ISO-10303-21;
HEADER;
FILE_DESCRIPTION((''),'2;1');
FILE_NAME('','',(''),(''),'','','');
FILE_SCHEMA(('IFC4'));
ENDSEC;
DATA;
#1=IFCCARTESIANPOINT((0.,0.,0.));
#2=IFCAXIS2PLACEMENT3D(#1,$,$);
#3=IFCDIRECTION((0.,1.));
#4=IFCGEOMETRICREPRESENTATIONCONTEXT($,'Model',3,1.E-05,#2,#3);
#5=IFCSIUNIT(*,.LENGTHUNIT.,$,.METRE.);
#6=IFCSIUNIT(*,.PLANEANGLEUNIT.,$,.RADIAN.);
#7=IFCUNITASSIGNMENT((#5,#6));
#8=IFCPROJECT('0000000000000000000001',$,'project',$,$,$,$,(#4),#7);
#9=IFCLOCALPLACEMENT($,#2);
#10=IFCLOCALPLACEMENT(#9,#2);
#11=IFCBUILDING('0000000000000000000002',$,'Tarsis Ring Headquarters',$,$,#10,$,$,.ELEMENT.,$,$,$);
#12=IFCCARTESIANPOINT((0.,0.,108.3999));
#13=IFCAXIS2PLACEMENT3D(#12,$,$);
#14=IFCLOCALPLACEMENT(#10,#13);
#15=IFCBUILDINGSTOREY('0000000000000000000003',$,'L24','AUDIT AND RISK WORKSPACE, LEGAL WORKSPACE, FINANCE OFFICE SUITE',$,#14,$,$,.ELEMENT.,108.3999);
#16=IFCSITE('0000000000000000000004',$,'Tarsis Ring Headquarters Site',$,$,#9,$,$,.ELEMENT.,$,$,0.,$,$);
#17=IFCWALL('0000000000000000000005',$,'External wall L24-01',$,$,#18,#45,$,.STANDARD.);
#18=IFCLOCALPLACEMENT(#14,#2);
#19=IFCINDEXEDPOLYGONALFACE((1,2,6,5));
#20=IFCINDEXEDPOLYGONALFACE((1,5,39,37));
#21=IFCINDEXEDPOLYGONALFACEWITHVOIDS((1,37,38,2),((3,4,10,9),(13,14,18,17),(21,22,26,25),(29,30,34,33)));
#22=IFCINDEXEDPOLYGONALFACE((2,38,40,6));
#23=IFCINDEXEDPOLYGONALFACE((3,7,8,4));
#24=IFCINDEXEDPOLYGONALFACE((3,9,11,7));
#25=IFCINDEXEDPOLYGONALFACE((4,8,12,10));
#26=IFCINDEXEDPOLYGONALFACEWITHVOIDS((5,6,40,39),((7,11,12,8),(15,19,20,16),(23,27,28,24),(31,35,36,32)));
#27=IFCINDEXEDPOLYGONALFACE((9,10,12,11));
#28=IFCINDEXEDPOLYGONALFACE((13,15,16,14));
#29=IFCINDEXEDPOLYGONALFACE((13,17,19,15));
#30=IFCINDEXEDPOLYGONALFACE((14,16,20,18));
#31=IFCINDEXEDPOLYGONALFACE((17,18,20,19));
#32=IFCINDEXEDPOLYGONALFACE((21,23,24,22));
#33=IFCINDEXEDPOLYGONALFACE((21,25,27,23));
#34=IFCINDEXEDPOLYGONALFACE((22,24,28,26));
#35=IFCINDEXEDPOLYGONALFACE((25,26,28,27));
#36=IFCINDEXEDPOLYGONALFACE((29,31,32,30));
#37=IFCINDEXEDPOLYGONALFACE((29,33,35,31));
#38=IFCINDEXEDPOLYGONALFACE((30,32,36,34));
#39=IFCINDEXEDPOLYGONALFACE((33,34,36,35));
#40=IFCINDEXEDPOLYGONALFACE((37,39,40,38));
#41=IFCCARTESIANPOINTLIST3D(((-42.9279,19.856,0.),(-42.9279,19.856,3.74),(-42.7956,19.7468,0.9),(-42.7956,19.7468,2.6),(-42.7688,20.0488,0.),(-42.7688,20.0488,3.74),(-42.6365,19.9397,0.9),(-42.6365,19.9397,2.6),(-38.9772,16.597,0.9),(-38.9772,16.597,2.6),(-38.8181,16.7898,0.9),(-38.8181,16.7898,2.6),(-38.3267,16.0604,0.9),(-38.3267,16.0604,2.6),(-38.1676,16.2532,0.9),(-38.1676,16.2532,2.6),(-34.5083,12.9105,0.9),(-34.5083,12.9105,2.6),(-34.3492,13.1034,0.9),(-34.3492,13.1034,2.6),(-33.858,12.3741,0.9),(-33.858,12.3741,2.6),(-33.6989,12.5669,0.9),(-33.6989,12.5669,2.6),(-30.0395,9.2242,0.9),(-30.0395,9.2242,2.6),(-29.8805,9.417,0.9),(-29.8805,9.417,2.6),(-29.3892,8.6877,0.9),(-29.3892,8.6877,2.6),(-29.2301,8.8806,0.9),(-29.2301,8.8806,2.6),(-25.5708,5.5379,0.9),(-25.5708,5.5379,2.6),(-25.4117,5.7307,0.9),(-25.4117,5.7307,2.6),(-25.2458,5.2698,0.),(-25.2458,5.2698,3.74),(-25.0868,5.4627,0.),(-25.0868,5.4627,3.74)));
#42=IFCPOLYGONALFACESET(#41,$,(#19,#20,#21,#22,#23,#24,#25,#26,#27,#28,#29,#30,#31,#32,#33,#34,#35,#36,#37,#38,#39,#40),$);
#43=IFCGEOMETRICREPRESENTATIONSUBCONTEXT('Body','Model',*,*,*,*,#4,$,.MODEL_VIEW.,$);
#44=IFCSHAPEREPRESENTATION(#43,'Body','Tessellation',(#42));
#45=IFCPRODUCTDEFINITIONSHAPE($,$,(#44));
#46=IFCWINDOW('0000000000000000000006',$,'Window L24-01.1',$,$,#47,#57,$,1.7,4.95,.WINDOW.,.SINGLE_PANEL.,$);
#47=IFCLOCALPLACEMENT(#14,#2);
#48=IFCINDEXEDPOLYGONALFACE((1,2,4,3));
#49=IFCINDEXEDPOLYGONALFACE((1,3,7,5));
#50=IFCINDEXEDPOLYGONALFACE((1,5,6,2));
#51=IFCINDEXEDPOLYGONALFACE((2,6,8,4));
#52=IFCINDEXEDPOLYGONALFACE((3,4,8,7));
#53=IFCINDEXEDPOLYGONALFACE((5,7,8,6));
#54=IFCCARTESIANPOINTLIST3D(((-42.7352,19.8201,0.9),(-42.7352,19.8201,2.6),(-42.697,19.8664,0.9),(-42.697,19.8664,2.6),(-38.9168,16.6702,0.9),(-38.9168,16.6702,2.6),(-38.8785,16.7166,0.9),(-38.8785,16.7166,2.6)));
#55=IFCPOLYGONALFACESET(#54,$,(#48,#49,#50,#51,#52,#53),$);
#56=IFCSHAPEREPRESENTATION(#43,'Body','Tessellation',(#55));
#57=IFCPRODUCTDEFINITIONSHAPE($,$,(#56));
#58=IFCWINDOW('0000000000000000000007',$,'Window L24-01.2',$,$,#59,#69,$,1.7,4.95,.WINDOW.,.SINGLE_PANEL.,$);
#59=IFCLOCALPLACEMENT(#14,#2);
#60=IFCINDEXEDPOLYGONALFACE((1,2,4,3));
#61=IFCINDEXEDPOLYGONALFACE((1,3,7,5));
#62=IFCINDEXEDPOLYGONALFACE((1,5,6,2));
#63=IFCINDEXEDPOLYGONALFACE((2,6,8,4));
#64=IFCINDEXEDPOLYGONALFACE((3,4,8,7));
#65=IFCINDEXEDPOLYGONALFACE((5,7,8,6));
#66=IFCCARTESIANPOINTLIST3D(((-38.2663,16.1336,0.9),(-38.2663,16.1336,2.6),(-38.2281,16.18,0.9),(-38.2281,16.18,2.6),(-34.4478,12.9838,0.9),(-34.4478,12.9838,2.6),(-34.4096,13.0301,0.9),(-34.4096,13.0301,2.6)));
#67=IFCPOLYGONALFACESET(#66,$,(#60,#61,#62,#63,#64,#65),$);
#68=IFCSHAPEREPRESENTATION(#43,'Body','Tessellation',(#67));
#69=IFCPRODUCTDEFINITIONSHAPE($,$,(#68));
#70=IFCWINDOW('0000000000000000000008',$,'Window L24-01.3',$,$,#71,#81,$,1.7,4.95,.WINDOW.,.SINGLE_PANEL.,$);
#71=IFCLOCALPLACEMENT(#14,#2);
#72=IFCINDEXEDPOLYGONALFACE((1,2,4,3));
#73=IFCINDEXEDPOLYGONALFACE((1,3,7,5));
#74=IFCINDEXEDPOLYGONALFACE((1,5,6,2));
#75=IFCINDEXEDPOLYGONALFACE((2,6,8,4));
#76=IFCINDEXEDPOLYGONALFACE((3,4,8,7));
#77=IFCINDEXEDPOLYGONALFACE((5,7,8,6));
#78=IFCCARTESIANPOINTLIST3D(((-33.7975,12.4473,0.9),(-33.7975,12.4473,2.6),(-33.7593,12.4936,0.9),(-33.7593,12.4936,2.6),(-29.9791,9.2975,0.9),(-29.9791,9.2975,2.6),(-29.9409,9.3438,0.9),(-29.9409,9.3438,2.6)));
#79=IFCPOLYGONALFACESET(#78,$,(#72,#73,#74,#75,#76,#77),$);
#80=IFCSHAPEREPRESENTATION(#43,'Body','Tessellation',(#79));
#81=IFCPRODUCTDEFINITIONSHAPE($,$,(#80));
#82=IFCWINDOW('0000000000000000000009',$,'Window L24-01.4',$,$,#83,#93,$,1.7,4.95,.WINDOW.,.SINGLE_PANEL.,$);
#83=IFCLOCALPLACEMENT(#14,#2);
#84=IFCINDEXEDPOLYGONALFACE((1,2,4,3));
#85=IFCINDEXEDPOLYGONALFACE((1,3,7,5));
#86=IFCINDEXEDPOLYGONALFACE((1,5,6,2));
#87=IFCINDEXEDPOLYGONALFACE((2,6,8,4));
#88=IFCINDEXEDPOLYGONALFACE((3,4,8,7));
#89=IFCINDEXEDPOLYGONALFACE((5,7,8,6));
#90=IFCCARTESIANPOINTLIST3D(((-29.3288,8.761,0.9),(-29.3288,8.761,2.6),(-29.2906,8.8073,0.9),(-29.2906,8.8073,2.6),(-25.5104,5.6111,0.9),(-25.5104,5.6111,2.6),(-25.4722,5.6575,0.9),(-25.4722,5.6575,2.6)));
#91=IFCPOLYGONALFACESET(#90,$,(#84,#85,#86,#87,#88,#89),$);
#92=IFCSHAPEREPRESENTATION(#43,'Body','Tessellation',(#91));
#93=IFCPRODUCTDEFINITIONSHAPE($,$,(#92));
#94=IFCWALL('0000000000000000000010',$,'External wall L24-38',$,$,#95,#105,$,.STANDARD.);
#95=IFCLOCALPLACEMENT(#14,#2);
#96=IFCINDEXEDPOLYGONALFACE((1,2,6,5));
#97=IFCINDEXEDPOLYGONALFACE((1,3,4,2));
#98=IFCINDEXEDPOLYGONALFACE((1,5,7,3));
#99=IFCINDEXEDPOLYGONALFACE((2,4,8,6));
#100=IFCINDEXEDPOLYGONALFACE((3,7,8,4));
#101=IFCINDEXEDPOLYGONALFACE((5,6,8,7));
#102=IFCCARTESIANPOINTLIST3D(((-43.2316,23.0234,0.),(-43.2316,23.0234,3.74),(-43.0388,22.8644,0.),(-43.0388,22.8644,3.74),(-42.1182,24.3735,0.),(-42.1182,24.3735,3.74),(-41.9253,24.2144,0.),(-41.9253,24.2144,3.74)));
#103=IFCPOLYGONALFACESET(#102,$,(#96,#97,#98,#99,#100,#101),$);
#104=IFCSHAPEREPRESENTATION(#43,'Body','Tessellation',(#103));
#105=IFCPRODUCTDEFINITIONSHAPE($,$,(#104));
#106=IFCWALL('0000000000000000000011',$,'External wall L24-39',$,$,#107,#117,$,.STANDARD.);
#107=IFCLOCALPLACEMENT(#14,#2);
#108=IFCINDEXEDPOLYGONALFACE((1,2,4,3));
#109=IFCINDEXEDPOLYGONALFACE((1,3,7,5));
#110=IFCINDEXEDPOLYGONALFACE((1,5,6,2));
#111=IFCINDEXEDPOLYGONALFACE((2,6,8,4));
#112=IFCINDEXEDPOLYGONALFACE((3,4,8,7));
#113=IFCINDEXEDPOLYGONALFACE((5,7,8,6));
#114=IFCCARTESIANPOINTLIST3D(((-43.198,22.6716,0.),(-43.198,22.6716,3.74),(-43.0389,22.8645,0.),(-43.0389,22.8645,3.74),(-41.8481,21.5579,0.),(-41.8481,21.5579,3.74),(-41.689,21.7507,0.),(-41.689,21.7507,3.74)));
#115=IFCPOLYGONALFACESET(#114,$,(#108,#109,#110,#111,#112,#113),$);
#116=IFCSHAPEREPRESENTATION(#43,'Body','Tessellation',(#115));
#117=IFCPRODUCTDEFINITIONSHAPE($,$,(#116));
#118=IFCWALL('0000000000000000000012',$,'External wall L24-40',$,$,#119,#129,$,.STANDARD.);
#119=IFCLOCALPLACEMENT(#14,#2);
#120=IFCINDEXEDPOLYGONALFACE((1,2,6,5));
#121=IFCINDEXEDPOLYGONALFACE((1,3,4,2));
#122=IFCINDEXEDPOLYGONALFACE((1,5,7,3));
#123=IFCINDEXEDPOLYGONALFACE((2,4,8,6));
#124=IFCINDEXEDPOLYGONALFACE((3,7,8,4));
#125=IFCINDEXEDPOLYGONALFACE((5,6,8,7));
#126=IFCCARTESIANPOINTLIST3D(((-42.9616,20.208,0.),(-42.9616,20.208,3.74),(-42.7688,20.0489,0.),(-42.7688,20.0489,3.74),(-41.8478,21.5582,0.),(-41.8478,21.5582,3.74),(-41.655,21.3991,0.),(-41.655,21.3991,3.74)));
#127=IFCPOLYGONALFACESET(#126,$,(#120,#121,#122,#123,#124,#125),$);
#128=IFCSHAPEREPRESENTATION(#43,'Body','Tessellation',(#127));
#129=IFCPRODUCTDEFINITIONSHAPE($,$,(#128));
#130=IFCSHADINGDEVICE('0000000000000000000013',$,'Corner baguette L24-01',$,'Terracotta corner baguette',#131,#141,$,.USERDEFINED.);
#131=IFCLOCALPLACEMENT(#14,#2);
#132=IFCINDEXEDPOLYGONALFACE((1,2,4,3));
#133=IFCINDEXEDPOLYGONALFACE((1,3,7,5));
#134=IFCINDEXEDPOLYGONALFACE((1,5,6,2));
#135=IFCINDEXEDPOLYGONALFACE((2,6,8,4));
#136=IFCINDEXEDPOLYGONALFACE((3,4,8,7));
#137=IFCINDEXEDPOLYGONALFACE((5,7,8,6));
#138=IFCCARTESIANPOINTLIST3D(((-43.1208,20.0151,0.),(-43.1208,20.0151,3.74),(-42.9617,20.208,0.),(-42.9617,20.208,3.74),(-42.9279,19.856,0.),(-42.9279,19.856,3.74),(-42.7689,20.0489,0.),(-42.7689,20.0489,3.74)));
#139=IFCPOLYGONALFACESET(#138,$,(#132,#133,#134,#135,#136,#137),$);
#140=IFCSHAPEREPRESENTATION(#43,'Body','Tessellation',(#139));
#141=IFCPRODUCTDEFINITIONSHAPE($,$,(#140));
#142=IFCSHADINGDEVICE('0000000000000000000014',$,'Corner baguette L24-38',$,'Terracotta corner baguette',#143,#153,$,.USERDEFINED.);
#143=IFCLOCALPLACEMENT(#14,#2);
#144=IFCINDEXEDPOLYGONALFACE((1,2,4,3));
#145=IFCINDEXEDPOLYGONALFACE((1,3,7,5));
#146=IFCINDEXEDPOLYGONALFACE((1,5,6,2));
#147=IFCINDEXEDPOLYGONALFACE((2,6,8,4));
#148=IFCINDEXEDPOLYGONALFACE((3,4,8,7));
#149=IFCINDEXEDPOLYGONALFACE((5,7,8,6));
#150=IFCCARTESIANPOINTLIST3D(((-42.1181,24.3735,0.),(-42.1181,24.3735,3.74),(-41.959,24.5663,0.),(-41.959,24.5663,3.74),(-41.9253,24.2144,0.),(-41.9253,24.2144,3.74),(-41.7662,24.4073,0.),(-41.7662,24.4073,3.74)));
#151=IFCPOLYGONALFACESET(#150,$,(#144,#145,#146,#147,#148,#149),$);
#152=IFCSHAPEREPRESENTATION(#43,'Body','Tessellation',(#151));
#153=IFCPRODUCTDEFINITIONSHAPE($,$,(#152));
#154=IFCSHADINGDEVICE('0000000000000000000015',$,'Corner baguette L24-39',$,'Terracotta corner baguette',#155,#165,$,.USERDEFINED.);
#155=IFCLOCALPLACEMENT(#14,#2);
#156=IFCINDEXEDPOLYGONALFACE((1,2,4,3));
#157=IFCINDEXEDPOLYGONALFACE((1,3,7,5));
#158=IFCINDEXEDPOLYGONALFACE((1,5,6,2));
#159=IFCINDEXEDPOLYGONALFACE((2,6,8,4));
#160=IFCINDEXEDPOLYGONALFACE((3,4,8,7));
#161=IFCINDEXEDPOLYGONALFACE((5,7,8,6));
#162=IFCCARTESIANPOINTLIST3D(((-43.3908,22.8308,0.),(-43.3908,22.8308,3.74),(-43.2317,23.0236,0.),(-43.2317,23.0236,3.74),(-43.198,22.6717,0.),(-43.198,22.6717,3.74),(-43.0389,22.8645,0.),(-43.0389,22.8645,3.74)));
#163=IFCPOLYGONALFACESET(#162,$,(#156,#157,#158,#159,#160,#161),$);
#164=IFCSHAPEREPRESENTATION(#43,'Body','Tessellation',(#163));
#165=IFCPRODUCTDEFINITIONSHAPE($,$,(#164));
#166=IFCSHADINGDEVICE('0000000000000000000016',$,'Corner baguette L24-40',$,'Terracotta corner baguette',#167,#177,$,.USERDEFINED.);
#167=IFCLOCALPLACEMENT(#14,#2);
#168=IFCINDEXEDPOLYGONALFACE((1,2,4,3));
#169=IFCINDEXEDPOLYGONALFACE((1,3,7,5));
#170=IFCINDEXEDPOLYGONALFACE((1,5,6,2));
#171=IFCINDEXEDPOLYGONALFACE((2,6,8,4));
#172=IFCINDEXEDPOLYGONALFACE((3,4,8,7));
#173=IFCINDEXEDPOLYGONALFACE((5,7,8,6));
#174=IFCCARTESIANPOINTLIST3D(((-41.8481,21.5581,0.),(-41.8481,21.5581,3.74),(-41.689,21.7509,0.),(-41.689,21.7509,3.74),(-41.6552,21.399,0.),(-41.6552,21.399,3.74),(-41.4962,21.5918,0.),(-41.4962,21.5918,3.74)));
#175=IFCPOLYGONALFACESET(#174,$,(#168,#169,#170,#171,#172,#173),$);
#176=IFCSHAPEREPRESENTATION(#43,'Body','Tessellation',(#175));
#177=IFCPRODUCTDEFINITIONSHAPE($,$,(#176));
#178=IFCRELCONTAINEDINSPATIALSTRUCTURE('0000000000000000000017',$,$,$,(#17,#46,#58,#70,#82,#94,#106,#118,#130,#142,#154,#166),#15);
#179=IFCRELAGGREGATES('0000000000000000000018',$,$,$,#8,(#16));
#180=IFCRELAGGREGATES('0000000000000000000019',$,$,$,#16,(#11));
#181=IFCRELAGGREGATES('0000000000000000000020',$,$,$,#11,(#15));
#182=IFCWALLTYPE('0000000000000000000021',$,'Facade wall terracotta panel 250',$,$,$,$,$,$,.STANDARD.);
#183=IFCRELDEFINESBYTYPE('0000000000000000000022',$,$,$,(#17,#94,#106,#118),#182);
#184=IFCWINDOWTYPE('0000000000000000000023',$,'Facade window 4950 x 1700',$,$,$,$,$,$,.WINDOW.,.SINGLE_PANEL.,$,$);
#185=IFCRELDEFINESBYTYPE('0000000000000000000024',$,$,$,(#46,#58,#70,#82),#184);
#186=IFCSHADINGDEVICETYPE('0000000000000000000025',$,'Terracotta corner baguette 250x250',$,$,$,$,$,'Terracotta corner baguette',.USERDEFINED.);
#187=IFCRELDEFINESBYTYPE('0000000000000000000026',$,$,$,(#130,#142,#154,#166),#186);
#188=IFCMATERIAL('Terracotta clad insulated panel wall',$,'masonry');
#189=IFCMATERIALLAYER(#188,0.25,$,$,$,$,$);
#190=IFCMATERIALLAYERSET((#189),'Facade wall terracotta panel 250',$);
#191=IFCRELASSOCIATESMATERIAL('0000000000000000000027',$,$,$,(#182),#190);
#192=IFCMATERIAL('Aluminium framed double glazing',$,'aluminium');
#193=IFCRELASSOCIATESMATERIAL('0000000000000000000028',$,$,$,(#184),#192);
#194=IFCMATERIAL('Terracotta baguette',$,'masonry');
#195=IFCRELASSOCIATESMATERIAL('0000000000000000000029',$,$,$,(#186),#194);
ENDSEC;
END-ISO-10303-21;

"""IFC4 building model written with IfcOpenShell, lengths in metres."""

from ifc_helpers import new_model, si_unit, direction, frame, frame_2d, origin, origin_2d, place, context, subcontext, project, spatial, rectangle, extrude, material, layer, layer_set, type_object, element, fill, save


model = new_model("IFC4")

# Units and contexts
model_context = context("Model", 3, precision=1e-05, world=origin(), true_north=direction((0.0, 1.0)))
body_context = subcontext(model_context, "Body", "Model", "MODEL_VIEW")
ifc_project = project(units=[si_unit("LENGTHUNIT", "METRE"), si_unit("PLANEANGLEUNIT", "RADIAN")], contexts=[model_context])

# Site, building, storey
site_placement = place(None, origin())
site = spatial("IfcSite", under=ifc_project, at=site_placement, Name="Tarsis Ring Headquarters Site", CompositionType="ELEMENT", RefElevation=0.0)
building_placement = place(site_placement, origin())
building = spatial("IfcBuilding", under=site, at=building_placement, Name="Tarsis Ring Headquarters", CompositionType="ELEMENT")
storey_placement = place(building_placement, frame((0.0, 0.0, 108.3999)))
storey = spatial("IfcBuildingStorey", under=building, at=storey_placement, Name="L24", Description="AUDIT AND RISK WORKSPACE, LEGAL WORKSPACE, FINANCE OFFICE SUITE", CompositionType="ELEMENT", Elevation=108.3999)

# Wall, openings, windows
ifc_material_1 = material(Name="Terracotta clad insulated panel wall", Category="masonry")
ifc_layer = layer(ifc_material_1, 0.25)
ifc_layer_set = layer_set([ifc_layer], Name="Facade wall terracotta panel 250")
wall_type = type_object("IfcWallType", Name="Facade wall terracotta panel 250", PredefinedType="STANDARD", material=ifc_layer_set)
wall_1_placement = place(storey_placement, frame((-42.8484, 19.9524, 0.0), z_axis=(0.0, 0.0, 1.0), x_axis=(0.771407, -0.636342, 0.0)))
wall_1 = element("IfcWall", 1, at=wall_1_placement, inside=storey, type_object=wall_type, Name="External wall L24-01", PredefinedType="STANDARD", context=body_context, shape_type="SweptSolid", body=[
    extrude(rectangle(XDim=22.9219, YDim=0.25, at=frame_2d((11.4609, 0.0))), origin(), (0.0, 0.0, 1.0), 3.74),
])
opening_1_placement = place(wall_1_placement, frame((0.1714, 0.0, 0.8999)))
opening_1 = element("IfcOpeningElement", 2, at=opening_1_placement, cuts=wall_1, PredefinedType="OPENING", context=body_context, shape_type="SweptSolid", body=[
    extrude(rectangle(XDim=4.95, YDim=1.7, at=frame_2d((2.4751, 0.8501))), frame((0.0, 0.135, 0.0), z_axis=(0.0, -1.0, 0.0), x_axis=(1.0, 0.0, 0.0)), (0.0, 0.0, 1.0), 0.27),
])
opening_2_placement = place(wall_1_placement, frame((5.9646, 0.0, 0.8999)))
opening_2 = element("IfcOpeningElement", 3, at=opening_2_placement, cuts=wall_1, PredefinedType="OPENING", context=body_context, shape_type="SweptSolid", body=[
    extrude(rectangle(XDim=4.95, YDim=1.7, at=frame_2d((2.4751, 0.8501))), frame((0.0, 0.135, 0.0), z_axis=(0.0, -1.0, 0.0), x_axis=(1.0, 0.0, 0.0)), (0.0, 0.0, 1.0), 0.27),
])
opening_3_placement = place(wall_1_placement, frame((11.7576, 0.0, 0.8999)))
opening_3 = element("IfcOpeningElement", 4, at=opening_3_placement, cuts=wall_1, PredefinedType="OPENING", context=body_context, shape_type="SweptSolid", body=[
    extrude(rectangle(XDim=4.95, YDim=1.7, at=frame_2d((2.4751, 0.8501))), frame((0.0, 0.135, 0.0), z_axis=(0.0, -1.0, 0.0), x_axis=(1.0, 0.0, 0.0)), (0.0, 0.0, 1.0), 0.27),
])
opening_4_placement = place(wall_1_placement, frame((17.5505, 0.0, 0.8999)))
opening_4 = element("IfcOpeningElement", 5, at=opening_4_placement, cuts=wall_1, PredefinedType="OPENING", context=body_context, shape_type="SweptSolid", body=[
    extrude(rectangle(XDim=4.95, YDim=1.7, at=frame_2d((2.4751, 0.8501))), frame((0.0, 0.135, 0.0), z_axis=(0.0, -1.0, 0.0), x_axis=(1.0, 0.0, 0.0)), (0.0, 0.0, 1.0), 0.27),
])
ifc_material_2 = material(Name="Aluminium framed double glazing", Category="aluminium")
window_type = type_object("IfcWindowType", Name="Facade window 4950 x 1700", PartitioningType="SINGLE_PANEL", PredefinedType="WINDOW", material=ifc_material_2)
window_1_placement = place(opening_1_placement, origin())
window_1 = element("IfcWindow", 6, at=window_1_placement, inside=storey, type_object=window_type, Name="Window L24-01.1", OverallHeight=1.7, OverallWidth=4.95, PartitioningType="SINGLE_PANEL", PredefinedType="WINDOW", context=body_context, shape_type="SweptSolid", body=[
    extrude(rectangle(XDim=4.95, YDim=1.7, at=frame_2d((2.4751, 0.8501))), frame((0.0, 0.03, 0.0), z_axis=(0.0, -1.0, 0.0), x_axis=(1.0, 0.0, 0.0)), (0.0, 0.0, 1.0), 0.0601),
])
fill(opening_1, window_1)
window_2_placement = place(opening_2_placement, origin())
window_2 = element("IfcWindow", 7, at=window_2_placement, inside=storey, type_object=window_type, Name="Window L24-01.2", OverallHeight=1.7, OverallWidth=4.95, PartitioningType="SINGLE_PANEL", PredefinedType="WINDOW", context=body_context, shape_type="SweptSolid", body=[
    extrude(rectangle(XDim=4.95, YDim=1.7, at=frame_2d((2.4751, 0.8501))), frame((0.0, 0.03, 0.0), z_axis=(0.0, -1.0, 0.0), x_axis=(1.0, 0.0, 0.0)), (0.0, 0.0, 1.0), 0.0601),
])
fill(opening_2, window_2)
window_3_placement = place(opening_3_placement, origin())
window_3 = element("IfcWindow", 8, at=window_3_placement, inside=storey, type_object=window_type, Name="Window L24-01.3", OverallHeight=1.7, OverallWidth=4.95, PartitioningType="SINGLE_PANEL", PredefinedType="WINDOW", context=body_context, shape_type="SweptSolid", body=[
    extrude(rectangle(XDim=4.95, YDim=1.7, at=frame_2d((2.4751, 0.8501))), frame((0.0, 0.03, 0.0), z_axis=(0.0, -1.0, 0.0), x_axis=(1.0, 0.0, 0.0)), (0.0, 0.0, 1.0), 0.0601),
])
fill(opening_3, window_3)
window_4_placement = place(opening_4_placement, origin())
window_4 = element("IfcWindow", 9, at=window_4_placement, inside=storey, type_object=window_type, Name="Window L24-01.4", OverallHeight=1.7, OverallWidth=4.95, PartitioningType="SINGLE_PANEL", PredefinedType="WINDOW", context=body_context, shape_type="SweptSolid", body=[
    extrude(rectangle(XDim=4.95, YDim=1.7, at=frame_2d((2.4751, 0.8501))), frame((0.0, 0.03, 0.0), z_axis=(0.0, -1.0, 0.0), x_axis=(1.0, 0.0, 0.0)), (0.0, 0.0, 1.0), 0.0601),
])
fill(opening_4, window_4)

# Walls
for number, where, z_axis, x_axis, name in (
    (10, (-42.0217, 24.2939, 0.0), (0.0, 0.0, 1.0), (-0.636279, -0.771459, 0.0), "External wall L24-38"),
    (11, (-43.1184, 22.7681, 0.0), (0.0, 0.0, 1.0), (0.771334, -0.636431, 0.0), "External wall L24-39"),
):
    element("IfcWall", number, at=place(storey_placement, frame(where, z_axis=z_axis, x_axis=x_axis)), inside=storey, type_object=wall_type, Name=name, PredefinedType="STANDARD", context=body_context, shape_type="SweptSolid", body=[
        extrude(rectangle(XDim=1.75, YDim=0.25, at=frame_2d((0.875, 0.0))), origin(), (0.0, 0.0, 1.0), 3.74),
    ])
wall_2_placement = place(storey_placement, frame((-41.7515, 21.4785, 0.0), z_axis=(0.0, 0.0, 1.0), x_axis=(-0.636362, -0.77139, 0.0)))
element("IfcWall", 12, at=wall_2_placement, inside=storey, type_object=wall_type, Name="External wall L24-40", PredefinedType="STANDARD", context=body_context, shape_type="SweptSolid", body=[
    extrude(rectangle(XDim=1.7502, YDim=0.25, at=frame_2d((0.875, 0.0))), origin(), (0.0, 0.0, 1.0), 3.74),
])

# Shading devices
ifc_material_3 = material(Name="Terracotta baguette", Category="masonry")
shading_device_type_1 = type_object("IfcShadingDeviceType", Name="Terracotta corner baguette 250x250", ElementType="Terracotta corner baguette", PredefinedType="USERDEFINED", material=ifc_material_3)
for number, where, z_axis, x_axis, name in (
    (13, (-42.9448, 20.032, 0.0), (0.0, 0.0, 1.0), (-0.636348, -0.771402, 0.0), "Corner baguette L24-01"),
    (14, (-41.9421, 24.3904, 0.0), (0.0, 0.0, 1.0), (0.771402, -0.636348, 0.0), "Corner baguette L24-38"),
    (15, (-43.2148, 22.8477, 0.0), (0.0, 0.0, 1.0), (-0.636348, -0.771403, 0.0), "Corner baguette L24-39"),
    (16, (-41.6721, 21.575, 0.0), (0.0, 0.0, 1.0), (0.771403, -0.636348, 0.0), "Corner baguette L24-40"),
):
    element("IfcShadingDevice", number, at=place(storey_placement, frame(where, z_axis=z_axis, x_axis=x_axis)), inside=storey, type_object=shading_device_type_1, Name=name, ObjectType="Terracotta corner baguette", PredefinedType="USERDEFINED", context=body_context, shape_type="SweptSolid", body=[
        extrude(rectangle(XDim=0.25, YDim=0.25, at=origin_2d()), origin(), (0.0, 0.0, 1.0), 3.74),
    ])

save(model, "model.ifc")
